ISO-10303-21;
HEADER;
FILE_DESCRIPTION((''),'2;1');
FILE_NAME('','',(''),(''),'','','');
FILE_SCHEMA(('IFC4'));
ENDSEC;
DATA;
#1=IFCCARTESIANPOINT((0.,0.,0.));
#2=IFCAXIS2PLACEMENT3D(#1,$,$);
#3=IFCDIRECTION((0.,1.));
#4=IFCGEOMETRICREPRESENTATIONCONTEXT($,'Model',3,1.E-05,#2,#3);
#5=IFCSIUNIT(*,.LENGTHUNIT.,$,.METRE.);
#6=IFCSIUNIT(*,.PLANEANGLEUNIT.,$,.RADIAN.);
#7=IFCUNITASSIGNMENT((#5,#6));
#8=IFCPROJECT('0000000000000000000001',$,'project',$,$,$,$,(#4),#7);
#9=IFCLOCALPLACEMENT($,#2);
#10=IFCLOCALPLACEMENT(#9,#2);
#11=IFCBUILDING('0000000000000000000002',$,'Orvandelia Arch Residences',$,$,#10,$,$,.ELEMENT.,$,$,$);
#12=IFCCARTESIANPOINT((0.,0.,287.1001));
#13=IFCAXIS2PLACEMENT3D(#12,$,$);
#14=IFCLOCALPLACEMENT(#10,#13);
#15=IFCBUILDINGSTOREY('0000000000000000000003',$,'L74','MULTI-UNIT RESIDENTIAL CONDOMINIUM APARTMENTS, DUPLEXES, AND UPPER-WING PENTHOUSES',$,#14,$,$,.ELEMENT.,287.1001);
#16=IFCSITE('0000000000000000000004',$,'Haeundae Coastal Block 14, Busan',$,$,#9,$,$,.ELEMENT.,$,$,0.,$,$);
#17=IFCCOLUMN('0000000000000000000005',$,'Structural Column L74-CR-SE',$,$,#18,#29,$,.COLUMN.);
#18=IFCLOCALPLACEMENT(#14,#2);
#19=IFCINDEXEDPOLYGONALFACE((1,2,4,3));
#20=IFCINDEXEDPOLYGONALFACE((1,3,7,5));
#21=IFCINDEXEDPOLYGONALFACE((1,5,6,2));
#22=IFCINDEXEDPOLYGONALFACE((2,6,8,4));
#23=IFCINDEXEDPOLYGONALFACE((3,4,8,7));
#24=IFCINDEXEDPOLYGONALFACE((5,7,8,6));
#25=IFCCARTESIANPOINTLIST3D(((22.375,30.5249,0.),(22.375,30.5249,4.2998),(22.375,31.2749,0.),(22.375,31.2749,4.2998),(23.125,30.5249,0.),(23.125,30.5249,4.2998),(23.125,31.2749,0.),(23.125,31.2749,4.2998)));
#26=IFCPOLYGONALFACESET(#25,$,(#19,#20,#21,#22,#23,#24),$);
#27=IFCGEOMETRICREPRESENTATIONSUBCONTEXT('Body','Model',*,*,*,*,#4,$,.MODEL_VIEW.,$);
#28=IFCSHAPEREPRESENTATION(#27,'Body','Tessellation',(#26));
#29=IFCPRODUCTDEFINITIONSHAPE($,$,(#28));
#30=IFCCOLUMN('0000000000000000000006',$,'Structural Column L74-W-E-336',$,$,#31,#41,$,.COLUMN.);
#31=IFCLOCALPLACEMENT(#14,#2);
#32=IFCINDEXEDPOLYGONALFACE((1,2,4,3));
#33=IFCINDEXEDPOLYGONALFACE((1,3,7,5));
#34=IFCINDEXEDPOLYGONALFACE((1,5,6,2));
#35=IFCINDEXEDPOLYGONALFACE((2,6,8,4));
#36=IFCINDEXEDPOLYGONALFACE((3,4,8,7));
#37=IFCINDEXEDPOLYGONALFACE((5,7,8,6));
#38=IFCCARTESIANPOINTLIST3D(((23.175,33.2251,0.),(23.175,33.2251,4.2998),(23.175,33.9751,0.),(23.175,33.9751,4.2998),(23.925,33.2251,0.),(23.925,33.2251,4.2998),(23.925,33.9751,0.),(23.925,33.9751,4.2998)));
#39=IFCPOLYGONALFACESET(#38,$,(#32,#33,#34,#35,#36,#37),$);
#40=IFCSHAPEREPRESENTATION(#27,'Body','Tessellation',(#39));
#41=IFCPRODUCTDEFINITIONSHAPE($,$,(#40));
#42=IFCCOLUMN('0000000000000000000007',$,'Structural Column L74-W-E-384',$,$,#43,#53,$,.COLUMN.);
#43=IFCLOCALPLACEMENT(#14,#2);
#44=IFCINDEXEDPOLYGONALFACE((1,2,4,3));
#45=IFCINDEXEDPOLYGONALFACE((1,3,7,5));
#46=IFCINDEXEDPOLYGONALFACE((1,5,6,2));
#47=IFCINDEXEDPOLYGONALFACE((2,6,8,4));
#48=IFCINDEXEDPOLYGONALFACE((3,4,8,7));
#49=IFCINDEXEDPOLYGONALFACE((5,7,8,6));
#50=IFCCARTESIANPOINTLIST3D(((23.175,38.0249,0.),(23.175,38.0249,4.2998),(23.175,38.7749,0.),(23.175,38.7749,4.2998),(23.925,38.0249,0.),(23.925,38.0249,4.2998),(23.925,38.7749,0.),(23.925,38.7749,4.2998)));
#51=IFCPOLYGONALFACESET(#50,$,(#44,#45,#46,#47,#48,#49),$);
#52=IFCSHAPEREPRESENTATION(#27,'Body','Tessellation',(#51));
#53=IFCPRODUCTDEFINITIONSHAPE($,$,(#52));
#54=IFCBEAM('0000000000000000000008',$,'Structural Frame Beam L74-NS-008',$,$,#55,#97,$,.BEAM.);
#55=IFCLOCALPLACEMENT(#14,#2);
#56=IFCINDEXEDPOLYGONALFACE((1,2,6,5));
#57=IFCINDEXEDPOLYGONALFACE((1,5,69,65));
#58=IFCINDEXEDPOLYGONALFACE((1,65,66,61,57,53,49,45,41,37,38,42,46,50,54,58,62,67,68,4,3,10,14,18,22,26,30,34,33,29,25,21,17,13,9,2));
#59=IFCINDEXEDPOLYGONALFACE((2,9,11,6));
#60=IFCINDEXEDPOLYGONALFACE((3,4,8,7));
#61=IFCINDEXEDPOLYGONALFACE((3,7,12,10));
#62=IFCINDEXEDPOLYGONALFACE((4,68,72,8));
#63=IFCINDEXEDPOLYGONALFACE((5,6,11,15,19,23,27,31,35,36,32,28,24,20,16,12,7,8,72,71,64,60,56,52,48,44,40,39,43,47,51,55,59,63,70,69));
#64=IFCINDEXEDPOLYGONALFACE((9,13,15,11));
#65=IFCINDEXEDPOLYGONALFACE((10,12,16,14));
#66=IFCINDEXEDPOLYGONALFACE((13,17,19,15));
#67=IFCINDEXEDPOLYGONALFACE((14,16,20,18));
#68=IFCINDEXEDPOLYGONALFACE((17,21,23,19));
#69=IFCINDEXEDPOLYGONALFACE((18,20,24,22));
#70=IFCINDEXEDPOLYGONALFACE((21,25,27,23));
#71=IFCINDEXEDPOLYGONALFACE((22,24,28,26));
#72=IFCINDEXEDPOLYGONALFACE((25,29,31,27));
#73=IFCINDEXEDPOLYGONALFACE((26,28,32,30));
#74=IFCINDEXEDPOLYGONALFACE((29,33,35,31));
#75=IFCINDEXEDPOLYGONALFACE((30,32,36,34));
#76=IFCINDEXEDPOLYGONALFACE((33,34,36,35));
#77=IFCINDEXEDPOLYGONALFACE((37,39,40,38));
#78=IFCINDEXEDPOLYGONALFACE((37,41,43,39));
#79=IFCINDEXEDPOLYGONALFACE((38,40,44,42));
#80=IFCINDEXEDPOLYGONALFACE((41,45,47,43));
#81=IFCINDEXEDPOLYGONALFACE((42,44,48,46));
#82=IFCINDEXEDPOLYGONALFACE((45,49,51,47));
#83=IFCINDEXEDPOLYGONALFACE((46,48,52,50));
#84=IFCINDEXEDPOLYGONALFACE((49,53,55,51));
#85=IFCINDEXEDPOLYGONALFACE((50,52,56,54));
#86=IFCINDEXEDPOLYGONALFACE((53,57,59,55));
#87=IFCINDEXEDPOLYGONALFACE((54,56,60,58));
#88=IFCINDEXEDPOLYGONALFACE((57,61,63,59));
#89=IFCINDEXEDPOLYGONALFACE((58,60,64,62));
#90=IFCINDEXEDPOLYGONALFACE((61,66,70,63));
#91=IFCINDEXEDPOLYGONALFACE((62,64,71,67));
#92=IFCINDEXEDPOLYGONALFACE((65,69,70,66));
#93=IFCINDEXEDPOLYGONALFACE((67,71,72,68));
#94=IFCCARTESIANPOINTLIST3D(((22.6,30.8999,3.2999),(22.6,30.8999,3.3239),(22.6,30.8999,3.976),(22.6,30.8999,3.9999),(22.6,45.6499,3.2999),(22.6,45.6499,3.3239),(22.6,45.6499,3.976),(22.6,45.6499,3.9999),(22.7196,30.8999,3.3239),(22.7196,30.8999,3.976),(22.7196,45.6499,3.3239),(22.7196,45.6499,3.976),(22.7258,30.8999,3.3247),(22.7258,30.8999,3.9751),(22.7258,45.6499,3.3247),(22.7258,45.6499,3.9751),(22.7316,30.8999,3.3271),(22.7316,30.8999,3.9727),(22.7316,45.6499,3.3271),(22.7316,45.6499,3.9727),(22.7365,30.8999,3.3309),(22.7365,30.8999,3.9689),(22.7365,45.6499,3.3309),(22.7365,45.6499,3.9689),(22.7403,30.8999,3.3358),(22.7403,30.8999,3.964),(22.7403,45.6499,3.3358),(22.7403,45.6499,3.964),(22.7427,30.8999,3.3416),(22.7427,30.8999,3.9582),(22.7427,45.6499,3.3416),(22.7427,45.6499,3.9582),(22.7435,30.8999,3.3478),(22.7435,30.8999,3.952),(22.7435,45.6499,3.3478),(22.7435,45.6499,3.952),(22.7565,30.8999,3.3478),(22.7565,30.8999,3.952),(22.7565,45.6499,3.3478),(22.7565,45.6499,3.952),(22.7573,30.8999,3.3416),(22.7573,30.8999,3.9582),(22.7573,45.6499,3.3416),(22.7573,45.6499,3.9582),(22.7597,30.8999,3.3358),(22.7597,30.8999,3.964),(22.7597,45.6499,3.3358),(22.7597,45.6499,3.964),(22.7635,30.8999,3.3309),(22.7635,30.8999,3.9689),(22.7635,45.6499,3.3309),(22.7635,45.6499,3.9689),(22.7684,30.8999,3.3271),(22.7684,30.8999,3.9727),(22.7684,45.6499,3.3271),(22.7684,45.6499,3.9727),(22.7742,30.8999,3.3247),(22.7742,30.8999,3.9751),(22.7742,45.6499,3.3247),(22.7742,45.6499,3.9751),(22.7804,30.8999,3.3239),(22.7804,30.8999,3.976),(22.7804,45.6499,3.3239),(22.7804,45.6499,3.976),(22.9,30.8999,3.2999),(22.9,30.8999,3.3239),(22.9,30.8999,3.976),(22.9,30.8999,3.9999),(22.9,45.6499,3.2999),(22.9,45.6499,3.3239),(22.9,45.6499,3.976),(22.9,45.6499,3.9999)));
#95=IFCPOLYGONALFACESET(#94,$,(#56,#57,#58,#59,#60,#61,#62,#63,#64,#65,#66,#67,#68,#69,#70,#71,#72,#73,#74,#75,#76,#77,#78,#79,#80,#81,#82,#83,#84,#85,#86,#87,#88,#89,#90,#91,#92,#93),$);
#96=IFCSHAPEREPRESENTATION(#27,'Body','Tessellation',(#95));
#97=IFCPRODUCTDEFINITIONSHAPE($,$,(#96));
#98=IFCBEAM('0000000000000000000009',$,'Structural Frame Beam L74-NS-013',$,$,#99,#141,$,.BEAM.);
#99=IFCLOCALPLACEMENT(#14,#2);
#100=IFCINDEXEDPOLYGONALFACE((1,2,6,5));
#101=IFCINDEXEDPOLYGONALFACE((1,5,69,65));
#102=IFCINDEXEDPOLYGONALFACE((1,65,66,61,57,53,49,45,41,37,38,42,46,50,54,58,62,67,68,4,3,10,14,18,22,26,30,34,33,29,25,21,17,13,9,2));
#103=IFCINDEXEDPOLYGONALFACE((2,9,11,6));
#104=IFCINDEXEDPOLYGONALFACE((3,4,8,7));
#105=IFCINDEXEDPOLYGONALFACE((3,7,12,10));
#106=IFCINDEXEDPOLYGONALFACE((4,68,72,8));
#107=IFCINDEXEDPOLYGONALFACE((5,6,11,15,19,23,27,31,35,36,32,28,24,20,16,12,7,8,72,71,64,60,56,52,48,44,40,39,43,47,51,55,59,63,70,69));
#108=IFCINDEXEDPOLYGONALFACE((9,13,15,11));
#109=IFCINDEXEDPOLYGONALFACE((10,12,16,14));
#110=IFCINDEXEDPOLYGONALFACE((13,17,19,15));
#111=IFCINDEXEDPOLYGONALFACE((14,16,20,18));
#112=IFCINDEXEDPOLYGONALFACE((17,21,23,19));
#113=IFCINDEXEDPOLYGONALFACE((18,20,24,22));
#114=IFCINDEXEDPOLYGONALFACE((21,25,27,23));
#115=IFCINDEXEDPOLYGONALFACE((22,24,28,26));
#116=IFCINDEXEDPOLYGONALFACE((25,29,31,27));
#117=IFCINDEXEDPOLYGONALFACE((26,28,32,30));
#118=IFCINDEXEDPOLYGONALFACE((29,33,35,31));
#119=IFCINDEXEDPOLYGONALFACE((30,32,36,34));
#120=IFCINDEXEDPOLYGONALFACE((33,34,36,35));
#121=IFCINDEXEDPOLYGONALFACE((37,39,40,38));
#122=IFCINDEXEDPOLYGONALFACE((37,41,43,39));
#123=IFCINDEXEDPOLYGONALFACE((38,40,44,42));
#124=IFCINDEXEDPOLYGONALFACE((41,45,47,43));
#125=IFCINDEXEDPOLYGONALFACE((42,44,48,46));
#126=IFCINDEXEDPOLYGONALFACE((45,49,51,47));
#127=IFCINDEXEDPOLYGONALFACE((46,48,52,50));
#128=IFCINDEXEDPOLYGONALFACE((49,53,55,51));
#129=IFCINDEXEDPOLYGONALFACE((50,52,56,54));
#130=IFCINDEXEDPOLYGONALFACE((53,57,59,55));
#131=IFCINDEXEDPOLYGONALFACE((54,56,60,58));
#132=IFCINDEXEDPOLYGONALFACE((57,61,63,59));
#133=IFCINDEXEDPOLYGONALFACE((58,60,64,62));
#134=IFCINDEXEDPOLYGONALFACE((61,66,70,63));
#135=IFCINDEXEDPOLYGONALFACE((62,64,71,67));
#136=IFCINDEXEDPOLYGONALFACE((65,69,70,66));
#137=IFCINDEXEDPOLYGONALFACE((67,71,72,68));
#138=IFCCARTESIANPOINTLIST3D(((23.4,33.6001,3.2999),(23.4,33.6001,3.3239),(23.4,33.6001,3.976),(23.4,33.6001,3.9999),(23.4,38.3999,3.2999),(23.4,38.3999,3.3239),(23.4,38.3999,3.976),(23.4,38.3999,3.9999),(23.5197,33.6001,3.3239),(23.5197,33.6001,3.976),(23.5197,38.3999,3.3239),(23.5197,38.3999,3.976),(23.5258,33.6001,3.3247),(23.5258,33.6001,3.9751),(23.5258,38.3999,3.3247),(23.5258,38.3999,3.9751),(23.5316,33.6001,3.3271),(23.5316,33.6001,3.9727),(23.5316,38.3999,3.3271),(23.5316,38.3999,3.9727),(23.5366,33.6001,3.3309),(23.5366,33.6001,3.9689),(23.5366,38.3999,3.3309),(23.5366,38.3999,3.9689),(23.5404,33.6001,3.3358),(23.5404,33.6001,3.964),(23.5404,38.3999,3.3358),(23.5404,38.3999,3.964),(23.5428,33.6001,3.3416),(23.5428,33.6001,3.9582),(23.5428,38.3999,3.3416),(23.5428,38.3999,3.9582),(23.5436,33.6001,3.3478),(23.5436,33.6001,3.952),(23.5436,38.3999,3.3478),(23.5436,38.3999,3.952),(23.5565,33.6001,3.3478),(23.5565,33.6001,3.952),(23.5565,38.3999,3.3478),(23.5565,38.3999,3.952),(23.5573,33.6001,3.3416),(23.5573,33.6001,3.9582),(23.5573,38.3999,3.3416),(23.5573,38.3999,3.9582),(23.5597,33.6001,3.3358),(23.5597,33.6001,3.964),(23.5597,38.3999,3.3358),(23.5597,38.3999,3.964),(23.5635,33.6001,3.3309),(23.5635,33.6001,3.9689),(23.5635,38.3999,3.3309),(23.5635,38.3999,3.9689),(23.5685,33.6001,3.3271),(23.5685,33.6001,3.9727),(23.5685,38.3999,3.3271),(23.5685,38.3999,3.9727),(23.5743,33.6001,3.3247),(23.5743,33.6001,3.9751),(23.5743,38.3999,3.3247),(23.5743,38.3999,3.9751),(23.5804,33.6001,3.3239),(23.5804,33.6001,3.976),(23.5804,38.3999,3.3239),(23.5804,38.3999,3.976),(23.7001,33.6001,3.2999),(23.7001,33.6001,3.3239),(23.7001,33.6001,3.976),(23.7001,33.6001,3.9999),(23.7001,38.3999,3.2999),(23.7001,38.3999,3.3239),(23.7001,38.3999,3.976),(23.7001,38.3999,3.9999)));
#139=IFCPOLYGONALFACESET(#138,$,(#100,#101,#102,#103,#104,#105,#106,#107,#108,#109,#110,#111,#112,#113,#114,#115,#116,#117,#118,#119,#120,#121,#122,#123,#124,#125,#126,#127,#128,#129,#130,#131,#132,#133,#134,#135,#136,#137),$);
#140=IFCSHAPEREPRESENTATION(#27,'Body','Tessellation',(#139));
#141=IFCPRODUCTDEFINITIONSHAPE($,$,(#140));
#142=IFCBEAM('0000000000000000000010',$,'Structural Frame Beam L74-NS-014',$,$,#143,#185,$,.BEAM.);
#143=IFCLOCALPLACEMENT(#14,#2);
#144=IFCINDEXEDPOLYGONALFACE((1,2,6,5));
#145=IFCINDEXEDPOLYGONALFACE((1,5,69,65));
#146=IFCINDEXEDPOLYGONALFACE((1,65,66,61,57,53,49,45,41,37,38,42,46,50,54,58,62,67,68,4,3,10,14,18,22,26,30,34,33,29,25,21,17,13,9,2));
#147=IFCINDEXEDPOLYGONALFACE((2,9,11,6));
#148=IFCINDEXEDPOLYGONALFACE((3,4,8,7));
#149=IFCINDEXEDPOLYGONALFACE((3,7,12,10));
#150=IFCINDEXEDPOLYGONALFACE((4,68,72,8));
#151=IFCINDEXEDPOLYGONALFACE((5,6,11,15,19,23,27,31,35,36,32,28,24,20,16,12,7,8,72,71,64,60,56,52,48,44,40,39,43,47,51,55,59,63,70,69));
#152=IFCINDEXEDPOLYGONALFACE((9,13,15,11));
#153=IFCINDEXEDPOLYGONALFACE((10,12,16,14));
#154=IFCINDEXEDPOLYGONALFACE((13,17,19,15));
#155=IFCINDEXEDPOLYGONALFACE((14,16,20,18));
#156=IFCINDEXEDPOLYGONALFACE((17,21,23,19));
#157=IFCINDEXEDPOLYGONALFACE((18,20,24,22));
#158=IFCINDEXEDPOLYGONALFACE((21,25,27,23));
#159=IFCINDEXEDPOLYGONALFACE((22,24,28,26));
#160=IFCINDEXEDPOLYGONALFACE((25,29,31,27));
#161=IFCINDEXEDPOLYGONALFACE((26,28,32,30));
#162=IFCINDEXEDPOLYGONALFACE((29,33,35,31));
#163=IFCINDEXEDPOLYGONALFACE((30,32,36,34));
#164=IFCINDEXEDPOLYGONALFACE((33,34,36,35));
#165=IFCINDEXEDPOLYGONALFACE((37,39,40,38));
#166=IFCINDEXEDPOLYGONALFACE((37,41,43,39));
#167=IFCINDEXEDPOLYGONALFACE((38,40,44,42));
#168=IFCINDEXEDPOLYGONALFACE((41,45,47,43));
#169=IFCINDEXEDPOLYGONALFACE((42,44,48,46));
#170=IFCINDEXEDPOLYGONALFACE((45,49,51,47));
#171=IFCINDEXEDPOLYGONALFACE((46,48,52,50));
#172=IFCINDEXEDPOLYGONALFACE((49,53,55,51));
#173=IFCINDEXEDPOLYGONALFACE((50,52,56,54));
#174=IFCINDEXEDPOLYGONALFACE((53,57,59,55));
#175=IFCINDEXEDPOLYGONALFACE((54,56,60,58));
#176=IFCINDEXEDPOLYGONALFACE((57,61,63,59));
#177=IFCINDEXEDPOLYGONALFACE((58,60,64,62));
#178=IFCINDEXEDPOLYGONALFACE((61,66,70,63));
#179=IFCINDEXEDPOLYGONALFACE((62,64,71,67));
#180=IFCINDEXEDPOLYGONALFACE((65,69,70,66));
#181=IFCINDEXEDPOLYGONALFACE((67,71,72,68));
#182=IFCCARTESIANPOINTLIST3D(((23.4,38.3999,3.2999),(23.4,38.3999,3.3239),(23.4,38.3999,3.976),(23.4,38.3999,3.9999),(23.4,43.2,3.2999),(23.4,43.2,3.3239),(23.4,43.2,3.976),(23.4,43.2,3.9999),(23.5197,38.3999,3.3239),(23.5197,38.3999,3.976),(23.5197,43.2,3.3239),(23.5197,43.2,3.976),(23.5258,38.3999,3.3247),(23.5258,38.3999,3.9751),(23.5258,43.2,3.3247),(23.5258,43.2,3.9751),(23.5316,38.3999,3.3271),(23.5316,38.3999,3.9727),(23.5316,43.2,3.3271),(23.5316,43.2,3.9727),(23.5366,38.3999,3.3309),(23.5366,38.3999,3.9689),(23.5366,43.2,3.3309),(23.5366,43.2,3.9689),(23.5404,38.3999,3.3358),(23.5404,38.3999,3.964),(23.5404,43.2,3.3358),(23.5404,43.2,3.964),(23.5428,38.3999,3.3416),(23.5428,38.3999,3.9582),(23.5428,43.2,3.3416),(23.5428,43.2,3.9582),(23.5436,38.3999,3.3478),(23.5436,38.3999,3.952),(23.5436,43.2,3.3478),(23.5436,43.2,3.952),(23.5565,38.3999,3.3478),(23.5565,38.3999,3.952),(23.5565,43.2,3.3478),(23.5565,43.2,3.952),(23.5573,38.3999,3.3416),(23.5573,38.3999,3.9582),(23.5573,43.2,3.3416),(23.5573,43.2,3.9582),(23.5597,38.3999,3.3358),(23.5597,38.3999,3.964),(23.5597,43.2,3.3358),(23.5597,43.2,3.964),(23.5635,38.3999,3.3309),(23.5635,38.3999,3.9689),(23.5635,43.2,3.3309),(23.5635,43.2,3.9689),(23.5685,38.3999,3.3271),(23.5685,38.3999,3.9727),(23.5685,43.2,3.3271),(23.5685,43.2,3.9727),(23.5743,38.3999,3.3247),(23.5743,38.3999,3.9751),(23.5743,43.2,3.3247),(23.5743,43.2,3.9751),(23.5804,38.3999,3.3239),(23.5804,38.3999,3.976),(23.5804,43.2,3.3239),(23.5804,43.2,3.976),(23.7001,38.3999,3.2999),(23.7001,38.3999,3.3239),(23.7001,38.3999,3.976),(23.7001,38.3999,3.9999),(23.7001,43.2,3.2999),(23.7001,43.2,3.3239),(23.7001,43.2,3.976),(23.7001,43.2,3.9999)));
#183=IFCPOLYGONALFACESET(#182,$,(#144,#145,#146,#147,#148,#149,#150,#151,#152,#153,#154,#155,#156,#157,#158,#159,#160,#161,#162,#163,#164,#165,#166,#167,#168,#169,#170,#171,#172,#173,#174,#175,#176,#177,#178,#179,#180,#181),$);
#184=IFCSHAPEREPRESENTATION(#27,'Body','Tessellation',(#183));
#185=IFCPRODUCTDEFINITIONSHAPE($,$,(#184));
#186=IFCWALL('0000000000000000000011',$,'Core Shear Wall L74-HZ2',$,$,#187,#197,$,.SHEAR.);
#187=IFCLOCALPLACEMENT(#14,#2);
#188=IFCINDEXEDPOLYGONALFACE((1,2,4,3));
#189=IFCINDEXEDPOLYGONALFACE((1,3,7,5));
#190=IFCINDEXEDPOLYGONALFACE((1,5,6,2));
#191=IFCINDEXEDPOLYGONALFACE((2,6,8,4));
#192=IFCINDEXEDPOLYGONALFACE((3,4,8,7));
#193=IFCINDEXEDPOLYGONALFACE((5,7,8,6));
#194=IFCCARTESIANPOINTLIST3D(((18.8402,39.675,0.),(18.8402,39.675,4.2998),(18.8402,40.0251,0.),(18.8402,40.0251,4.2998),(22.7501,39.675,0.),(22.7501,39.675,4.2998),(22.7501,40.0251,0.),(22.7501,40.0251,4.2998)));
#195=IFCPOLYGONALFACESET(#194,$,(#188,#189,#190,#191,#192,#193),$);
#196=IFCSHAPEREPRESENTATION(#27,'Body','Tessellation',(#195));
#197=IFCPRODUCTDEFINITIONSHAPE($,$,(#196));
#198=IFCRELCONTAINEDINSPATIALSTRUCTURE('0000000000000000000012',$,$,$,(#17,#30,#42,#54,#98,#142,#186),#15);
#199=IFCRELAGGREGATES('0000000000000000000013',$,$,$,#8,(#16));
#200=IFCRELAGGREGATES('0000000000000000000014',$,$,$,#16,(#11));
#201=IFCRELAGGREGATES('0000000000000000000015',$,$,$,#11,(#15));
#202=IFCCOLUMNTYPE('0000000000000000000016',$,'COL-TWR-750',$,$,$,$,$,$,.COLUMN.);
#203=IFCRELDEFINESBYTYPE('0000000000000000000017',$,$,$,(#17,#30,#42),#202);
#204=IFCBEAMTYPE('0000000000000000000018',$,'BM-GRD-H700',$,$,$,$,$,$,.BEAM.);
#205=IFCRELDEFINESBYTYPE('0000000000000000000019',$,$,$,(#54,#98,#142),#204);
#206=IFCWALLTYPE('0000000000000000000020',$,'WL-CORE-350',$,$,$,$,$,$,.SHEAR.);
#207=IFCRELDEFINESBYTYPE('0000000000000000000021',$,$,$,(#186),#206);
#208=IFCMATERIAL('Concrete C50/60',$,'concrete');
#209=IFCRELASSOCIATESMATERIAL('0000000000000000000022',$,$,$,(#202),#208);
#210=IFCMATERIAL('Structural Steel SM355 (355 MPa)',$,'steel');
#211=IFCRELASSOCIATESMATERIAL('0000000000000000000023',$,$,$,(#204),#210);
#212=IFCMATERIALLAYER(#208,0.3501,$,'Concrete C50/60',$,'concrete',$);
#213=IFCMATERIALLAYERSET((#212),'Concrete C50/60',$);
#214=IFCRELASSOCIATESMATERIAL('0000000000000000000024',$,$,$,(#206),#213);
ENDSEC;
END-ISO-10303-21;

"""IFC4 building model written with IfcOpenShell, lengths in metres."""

from ifc_helpers import new_model, si_unit, direction, frame, frame_2d, origin, origin_2d, place, context, subcontext, project, spatial, rectangle, i_section, extrude, material, layer, layer_set, material_profile, profile_set, type_object, element, save


model = new_model("IFC4")

# Units and contexts
model_context = context("Model", 3, precision=1e-05, world=origin(), true_north=direction((0.0, 1.0)))
body_context = subcontext(model_context, "Body", "Model", "MODEL_VIEW")
ifc_project = project(units=[si_unit("LENGTHUNIT", "METRE"), si_unit("PLANEANGLEUNIT", "RADIAN")], contexts=[model_context])

# Site, building, storey
site_placement = place(None, origin())
site = spatial("IfcSite", under=ifc_project, at=site_placement, Name="Haeundae Coastal Block 14, Busan", CompositionType="ELEMENT", RefElevation=0.0)
building_placement = place(site_placement, origin())
building = spatial("IfcBuilding", under=site, at=building_placement, Name="Orvandelia Arch Residences", CompositionType="ELEMENT")
storey_placement = place(building_placement, frame((0.0, 0.0, 287.1001)))
storey = spatial("IfcBuildingStorey", under=building, at=storey_placement, Name="L74", Description="MULTI-UNIT RESIDENTIAL CONDOMINIUM APARTMENTS, DUPLEXES, AND UPPER-WING PENTHOUSES", CompositionType="ELEMENT", Elevation=287.1001)

# Columns
ifc_material_1 = material(Name="Concrete C50/60", Category="concrete")
ifc_material_profile_1 = material_profile(ifc_material_1, rectangle(XDim=0.75, YDim=0.75, at=origin_2d()), Name="Concrete C50/60", Category="concrete")
ifc_profile_set_1 = profile_set([ifc_material_profile_1], Name="Concrete C50/60")
column_type = type_object("IfcColumnType", Name="COL-TWR-750", PredefinedType="COLUMN", material=ifc_profile_set_1)
for number, where, z_axis, x_axis, name in (
    (1, (22.75, 30.8999, 0.0), (0.0, 0.0, 1.0), (1.0, 0.0, 0.0), "Structural Column L74-CR-SE"),
    (2, (23.55, 33.6001, 0.0), (0.0, 0.0, 1.0), (1.0, 0.0, 0.0), "Structural Column L74-W-E-336"),
    (3, (23.55, 38.3999, 0.0), (0.0, 0.0, 1.0), (1.0, 0.0, 0.0), "Structural Column L74-W-E-384"),
):
    element("IfcColumn", number, at=place(storey_placement, frame(where, z_axis=z_axis, x_axis=x_axis)), inside=storey, type_object=column_type, Name=name, PredefinedType="COLUMN", context=body_context, shape_type="SweptSolid", body=[
        extrude(rectangle(XDim=0.75, YDim=0.75, at=origin_2d()), origin(), (0.0, 0.0, 1.0), 4.2998),
    ])

# Beams
ifc_material_2 = material(Name="Structural Steel SM355 (355 MPa)", Category="steel")
ifc_material_profile_2 = material_profile(ifc_material_2, i_section(OverallWidth=0.3, OverallDepth=0.7, WebThickness=0.0129, FlangeThickness=0.0239, FilletRadius=0.0239, at=origin_2d()), Name="Structural Steel SM355 (355 MPa)", Category="steel")
ifc_profile_set_2 = profile_set([ifc_material_profile_2], Name="Structural Steel SM355 (355 MPa)")
beam_type = type_object("IfcBeamType", Name="BM-GRD-H700", PredefinedType="BEAM", material=ifc_profile_set_2)
beam_1_placement = place(storey_placement, frame((22.75, 30.8999, 3.6499), z_axis=(0.0, 1.0, 0.0), x_axis=(-1.0, 0.0, 0.0)))
element("IfcBeam", 4, at=beam_1_placement, inside=storey, type_object=beam_type, Name="Structural Frame Beam L74-NS-008", PredefinedType="BEAM", context=body_context, shape_type="SweptSolid", body=[
    extrude(i_section(OverallWidth=0.3, OverallDepth=0.7, WebThickness=0.0129, FlangeThickness=0.0239, FilletRadius=0.0239, at=origin_2d()), origin(), (0.0, 0.0, 1.0), 14.75),
])
beam_2_placement = place(storey_placement, frame((23.55, 33.6001, 3.6499), z_axis=(0.0, 1.0, 0.0), x_axis=(-1.0, 0.0, 0.0)))
element("IfcBeam", 5, at=beam_2_placement, inside=storey, type_object=beam_type, Name="Structural Frame Beam L74-NS-013", PredefinedType="BEAM", context=body_context, shape_type="SweptSolid", body=[
    extrude(i_section(OverallWidth=0.3, OverallDepth=0.7, WebThickness=0.0129, FlangeThickness=0.0239, FilletRadius=0.0239, at=origin_2d()), origin(), (0.0, 0.0, 1.0), 4.7998),
])
beam_3_placement = place(storey_placement, frame((23.55, 38.3999, 3.6499), z_axis=(0.0, 1.0, 0.0), x_axis=(-1.0, 0.0, 0.0)))
element("IfcBeam", 6, at=beam_3_placement, inside=storey, type_object=beam_type, Name="Structural Frame Beam L74-NS-014", PredefinedType="BEAM", context=body_context, shape_type="SweptSolid", body=[
    extrude(i_section(OverallWidth=0.3, OverallDepth=0.7, WebThickness=0.0129, FlangeThickness=0.0239, FilletRadius=0.0239, at=origin_2d()), origin(), (0.0, 0.0, 1.0), 4.8),
])

# Wall
ifc_layer_1 = layer(ifc_material_1, 0.3501, Name="Concrete C50/60", Category="concrete")
ifc_layer_set_1 = layer_set([ifc_layer_1], Name="Concrete C50/60")
wall_type_1 = type_object("IfcWallType", Name="WL-CORE-350", PredefinedType="SHEAR", material=ifc_layer_set_1)
wall_1_placement = place(storey_placement, frame((18.8401, 39.8501, 0.0), z_axis=(0.0, 0.0, 1.0), x_axis=(1.0, 0.0, 0.0)))
element("IfcWall", 7, at=wall_1_placement, inside=storey, type_object=wall_type_1, Name="Core Shear Wall L74-HZ2", PredefinedType="SHEAR", context=body_context, shape_type="SweptSolid", body=[
    extrude(rectangle(XDim=3.9099, YDim=0.3501, at=frame_2d((1.9551, 0.0))), origin(), (0.0, 0.0, 1.0), 4.2998),
])

save(model, "model.ifc")
